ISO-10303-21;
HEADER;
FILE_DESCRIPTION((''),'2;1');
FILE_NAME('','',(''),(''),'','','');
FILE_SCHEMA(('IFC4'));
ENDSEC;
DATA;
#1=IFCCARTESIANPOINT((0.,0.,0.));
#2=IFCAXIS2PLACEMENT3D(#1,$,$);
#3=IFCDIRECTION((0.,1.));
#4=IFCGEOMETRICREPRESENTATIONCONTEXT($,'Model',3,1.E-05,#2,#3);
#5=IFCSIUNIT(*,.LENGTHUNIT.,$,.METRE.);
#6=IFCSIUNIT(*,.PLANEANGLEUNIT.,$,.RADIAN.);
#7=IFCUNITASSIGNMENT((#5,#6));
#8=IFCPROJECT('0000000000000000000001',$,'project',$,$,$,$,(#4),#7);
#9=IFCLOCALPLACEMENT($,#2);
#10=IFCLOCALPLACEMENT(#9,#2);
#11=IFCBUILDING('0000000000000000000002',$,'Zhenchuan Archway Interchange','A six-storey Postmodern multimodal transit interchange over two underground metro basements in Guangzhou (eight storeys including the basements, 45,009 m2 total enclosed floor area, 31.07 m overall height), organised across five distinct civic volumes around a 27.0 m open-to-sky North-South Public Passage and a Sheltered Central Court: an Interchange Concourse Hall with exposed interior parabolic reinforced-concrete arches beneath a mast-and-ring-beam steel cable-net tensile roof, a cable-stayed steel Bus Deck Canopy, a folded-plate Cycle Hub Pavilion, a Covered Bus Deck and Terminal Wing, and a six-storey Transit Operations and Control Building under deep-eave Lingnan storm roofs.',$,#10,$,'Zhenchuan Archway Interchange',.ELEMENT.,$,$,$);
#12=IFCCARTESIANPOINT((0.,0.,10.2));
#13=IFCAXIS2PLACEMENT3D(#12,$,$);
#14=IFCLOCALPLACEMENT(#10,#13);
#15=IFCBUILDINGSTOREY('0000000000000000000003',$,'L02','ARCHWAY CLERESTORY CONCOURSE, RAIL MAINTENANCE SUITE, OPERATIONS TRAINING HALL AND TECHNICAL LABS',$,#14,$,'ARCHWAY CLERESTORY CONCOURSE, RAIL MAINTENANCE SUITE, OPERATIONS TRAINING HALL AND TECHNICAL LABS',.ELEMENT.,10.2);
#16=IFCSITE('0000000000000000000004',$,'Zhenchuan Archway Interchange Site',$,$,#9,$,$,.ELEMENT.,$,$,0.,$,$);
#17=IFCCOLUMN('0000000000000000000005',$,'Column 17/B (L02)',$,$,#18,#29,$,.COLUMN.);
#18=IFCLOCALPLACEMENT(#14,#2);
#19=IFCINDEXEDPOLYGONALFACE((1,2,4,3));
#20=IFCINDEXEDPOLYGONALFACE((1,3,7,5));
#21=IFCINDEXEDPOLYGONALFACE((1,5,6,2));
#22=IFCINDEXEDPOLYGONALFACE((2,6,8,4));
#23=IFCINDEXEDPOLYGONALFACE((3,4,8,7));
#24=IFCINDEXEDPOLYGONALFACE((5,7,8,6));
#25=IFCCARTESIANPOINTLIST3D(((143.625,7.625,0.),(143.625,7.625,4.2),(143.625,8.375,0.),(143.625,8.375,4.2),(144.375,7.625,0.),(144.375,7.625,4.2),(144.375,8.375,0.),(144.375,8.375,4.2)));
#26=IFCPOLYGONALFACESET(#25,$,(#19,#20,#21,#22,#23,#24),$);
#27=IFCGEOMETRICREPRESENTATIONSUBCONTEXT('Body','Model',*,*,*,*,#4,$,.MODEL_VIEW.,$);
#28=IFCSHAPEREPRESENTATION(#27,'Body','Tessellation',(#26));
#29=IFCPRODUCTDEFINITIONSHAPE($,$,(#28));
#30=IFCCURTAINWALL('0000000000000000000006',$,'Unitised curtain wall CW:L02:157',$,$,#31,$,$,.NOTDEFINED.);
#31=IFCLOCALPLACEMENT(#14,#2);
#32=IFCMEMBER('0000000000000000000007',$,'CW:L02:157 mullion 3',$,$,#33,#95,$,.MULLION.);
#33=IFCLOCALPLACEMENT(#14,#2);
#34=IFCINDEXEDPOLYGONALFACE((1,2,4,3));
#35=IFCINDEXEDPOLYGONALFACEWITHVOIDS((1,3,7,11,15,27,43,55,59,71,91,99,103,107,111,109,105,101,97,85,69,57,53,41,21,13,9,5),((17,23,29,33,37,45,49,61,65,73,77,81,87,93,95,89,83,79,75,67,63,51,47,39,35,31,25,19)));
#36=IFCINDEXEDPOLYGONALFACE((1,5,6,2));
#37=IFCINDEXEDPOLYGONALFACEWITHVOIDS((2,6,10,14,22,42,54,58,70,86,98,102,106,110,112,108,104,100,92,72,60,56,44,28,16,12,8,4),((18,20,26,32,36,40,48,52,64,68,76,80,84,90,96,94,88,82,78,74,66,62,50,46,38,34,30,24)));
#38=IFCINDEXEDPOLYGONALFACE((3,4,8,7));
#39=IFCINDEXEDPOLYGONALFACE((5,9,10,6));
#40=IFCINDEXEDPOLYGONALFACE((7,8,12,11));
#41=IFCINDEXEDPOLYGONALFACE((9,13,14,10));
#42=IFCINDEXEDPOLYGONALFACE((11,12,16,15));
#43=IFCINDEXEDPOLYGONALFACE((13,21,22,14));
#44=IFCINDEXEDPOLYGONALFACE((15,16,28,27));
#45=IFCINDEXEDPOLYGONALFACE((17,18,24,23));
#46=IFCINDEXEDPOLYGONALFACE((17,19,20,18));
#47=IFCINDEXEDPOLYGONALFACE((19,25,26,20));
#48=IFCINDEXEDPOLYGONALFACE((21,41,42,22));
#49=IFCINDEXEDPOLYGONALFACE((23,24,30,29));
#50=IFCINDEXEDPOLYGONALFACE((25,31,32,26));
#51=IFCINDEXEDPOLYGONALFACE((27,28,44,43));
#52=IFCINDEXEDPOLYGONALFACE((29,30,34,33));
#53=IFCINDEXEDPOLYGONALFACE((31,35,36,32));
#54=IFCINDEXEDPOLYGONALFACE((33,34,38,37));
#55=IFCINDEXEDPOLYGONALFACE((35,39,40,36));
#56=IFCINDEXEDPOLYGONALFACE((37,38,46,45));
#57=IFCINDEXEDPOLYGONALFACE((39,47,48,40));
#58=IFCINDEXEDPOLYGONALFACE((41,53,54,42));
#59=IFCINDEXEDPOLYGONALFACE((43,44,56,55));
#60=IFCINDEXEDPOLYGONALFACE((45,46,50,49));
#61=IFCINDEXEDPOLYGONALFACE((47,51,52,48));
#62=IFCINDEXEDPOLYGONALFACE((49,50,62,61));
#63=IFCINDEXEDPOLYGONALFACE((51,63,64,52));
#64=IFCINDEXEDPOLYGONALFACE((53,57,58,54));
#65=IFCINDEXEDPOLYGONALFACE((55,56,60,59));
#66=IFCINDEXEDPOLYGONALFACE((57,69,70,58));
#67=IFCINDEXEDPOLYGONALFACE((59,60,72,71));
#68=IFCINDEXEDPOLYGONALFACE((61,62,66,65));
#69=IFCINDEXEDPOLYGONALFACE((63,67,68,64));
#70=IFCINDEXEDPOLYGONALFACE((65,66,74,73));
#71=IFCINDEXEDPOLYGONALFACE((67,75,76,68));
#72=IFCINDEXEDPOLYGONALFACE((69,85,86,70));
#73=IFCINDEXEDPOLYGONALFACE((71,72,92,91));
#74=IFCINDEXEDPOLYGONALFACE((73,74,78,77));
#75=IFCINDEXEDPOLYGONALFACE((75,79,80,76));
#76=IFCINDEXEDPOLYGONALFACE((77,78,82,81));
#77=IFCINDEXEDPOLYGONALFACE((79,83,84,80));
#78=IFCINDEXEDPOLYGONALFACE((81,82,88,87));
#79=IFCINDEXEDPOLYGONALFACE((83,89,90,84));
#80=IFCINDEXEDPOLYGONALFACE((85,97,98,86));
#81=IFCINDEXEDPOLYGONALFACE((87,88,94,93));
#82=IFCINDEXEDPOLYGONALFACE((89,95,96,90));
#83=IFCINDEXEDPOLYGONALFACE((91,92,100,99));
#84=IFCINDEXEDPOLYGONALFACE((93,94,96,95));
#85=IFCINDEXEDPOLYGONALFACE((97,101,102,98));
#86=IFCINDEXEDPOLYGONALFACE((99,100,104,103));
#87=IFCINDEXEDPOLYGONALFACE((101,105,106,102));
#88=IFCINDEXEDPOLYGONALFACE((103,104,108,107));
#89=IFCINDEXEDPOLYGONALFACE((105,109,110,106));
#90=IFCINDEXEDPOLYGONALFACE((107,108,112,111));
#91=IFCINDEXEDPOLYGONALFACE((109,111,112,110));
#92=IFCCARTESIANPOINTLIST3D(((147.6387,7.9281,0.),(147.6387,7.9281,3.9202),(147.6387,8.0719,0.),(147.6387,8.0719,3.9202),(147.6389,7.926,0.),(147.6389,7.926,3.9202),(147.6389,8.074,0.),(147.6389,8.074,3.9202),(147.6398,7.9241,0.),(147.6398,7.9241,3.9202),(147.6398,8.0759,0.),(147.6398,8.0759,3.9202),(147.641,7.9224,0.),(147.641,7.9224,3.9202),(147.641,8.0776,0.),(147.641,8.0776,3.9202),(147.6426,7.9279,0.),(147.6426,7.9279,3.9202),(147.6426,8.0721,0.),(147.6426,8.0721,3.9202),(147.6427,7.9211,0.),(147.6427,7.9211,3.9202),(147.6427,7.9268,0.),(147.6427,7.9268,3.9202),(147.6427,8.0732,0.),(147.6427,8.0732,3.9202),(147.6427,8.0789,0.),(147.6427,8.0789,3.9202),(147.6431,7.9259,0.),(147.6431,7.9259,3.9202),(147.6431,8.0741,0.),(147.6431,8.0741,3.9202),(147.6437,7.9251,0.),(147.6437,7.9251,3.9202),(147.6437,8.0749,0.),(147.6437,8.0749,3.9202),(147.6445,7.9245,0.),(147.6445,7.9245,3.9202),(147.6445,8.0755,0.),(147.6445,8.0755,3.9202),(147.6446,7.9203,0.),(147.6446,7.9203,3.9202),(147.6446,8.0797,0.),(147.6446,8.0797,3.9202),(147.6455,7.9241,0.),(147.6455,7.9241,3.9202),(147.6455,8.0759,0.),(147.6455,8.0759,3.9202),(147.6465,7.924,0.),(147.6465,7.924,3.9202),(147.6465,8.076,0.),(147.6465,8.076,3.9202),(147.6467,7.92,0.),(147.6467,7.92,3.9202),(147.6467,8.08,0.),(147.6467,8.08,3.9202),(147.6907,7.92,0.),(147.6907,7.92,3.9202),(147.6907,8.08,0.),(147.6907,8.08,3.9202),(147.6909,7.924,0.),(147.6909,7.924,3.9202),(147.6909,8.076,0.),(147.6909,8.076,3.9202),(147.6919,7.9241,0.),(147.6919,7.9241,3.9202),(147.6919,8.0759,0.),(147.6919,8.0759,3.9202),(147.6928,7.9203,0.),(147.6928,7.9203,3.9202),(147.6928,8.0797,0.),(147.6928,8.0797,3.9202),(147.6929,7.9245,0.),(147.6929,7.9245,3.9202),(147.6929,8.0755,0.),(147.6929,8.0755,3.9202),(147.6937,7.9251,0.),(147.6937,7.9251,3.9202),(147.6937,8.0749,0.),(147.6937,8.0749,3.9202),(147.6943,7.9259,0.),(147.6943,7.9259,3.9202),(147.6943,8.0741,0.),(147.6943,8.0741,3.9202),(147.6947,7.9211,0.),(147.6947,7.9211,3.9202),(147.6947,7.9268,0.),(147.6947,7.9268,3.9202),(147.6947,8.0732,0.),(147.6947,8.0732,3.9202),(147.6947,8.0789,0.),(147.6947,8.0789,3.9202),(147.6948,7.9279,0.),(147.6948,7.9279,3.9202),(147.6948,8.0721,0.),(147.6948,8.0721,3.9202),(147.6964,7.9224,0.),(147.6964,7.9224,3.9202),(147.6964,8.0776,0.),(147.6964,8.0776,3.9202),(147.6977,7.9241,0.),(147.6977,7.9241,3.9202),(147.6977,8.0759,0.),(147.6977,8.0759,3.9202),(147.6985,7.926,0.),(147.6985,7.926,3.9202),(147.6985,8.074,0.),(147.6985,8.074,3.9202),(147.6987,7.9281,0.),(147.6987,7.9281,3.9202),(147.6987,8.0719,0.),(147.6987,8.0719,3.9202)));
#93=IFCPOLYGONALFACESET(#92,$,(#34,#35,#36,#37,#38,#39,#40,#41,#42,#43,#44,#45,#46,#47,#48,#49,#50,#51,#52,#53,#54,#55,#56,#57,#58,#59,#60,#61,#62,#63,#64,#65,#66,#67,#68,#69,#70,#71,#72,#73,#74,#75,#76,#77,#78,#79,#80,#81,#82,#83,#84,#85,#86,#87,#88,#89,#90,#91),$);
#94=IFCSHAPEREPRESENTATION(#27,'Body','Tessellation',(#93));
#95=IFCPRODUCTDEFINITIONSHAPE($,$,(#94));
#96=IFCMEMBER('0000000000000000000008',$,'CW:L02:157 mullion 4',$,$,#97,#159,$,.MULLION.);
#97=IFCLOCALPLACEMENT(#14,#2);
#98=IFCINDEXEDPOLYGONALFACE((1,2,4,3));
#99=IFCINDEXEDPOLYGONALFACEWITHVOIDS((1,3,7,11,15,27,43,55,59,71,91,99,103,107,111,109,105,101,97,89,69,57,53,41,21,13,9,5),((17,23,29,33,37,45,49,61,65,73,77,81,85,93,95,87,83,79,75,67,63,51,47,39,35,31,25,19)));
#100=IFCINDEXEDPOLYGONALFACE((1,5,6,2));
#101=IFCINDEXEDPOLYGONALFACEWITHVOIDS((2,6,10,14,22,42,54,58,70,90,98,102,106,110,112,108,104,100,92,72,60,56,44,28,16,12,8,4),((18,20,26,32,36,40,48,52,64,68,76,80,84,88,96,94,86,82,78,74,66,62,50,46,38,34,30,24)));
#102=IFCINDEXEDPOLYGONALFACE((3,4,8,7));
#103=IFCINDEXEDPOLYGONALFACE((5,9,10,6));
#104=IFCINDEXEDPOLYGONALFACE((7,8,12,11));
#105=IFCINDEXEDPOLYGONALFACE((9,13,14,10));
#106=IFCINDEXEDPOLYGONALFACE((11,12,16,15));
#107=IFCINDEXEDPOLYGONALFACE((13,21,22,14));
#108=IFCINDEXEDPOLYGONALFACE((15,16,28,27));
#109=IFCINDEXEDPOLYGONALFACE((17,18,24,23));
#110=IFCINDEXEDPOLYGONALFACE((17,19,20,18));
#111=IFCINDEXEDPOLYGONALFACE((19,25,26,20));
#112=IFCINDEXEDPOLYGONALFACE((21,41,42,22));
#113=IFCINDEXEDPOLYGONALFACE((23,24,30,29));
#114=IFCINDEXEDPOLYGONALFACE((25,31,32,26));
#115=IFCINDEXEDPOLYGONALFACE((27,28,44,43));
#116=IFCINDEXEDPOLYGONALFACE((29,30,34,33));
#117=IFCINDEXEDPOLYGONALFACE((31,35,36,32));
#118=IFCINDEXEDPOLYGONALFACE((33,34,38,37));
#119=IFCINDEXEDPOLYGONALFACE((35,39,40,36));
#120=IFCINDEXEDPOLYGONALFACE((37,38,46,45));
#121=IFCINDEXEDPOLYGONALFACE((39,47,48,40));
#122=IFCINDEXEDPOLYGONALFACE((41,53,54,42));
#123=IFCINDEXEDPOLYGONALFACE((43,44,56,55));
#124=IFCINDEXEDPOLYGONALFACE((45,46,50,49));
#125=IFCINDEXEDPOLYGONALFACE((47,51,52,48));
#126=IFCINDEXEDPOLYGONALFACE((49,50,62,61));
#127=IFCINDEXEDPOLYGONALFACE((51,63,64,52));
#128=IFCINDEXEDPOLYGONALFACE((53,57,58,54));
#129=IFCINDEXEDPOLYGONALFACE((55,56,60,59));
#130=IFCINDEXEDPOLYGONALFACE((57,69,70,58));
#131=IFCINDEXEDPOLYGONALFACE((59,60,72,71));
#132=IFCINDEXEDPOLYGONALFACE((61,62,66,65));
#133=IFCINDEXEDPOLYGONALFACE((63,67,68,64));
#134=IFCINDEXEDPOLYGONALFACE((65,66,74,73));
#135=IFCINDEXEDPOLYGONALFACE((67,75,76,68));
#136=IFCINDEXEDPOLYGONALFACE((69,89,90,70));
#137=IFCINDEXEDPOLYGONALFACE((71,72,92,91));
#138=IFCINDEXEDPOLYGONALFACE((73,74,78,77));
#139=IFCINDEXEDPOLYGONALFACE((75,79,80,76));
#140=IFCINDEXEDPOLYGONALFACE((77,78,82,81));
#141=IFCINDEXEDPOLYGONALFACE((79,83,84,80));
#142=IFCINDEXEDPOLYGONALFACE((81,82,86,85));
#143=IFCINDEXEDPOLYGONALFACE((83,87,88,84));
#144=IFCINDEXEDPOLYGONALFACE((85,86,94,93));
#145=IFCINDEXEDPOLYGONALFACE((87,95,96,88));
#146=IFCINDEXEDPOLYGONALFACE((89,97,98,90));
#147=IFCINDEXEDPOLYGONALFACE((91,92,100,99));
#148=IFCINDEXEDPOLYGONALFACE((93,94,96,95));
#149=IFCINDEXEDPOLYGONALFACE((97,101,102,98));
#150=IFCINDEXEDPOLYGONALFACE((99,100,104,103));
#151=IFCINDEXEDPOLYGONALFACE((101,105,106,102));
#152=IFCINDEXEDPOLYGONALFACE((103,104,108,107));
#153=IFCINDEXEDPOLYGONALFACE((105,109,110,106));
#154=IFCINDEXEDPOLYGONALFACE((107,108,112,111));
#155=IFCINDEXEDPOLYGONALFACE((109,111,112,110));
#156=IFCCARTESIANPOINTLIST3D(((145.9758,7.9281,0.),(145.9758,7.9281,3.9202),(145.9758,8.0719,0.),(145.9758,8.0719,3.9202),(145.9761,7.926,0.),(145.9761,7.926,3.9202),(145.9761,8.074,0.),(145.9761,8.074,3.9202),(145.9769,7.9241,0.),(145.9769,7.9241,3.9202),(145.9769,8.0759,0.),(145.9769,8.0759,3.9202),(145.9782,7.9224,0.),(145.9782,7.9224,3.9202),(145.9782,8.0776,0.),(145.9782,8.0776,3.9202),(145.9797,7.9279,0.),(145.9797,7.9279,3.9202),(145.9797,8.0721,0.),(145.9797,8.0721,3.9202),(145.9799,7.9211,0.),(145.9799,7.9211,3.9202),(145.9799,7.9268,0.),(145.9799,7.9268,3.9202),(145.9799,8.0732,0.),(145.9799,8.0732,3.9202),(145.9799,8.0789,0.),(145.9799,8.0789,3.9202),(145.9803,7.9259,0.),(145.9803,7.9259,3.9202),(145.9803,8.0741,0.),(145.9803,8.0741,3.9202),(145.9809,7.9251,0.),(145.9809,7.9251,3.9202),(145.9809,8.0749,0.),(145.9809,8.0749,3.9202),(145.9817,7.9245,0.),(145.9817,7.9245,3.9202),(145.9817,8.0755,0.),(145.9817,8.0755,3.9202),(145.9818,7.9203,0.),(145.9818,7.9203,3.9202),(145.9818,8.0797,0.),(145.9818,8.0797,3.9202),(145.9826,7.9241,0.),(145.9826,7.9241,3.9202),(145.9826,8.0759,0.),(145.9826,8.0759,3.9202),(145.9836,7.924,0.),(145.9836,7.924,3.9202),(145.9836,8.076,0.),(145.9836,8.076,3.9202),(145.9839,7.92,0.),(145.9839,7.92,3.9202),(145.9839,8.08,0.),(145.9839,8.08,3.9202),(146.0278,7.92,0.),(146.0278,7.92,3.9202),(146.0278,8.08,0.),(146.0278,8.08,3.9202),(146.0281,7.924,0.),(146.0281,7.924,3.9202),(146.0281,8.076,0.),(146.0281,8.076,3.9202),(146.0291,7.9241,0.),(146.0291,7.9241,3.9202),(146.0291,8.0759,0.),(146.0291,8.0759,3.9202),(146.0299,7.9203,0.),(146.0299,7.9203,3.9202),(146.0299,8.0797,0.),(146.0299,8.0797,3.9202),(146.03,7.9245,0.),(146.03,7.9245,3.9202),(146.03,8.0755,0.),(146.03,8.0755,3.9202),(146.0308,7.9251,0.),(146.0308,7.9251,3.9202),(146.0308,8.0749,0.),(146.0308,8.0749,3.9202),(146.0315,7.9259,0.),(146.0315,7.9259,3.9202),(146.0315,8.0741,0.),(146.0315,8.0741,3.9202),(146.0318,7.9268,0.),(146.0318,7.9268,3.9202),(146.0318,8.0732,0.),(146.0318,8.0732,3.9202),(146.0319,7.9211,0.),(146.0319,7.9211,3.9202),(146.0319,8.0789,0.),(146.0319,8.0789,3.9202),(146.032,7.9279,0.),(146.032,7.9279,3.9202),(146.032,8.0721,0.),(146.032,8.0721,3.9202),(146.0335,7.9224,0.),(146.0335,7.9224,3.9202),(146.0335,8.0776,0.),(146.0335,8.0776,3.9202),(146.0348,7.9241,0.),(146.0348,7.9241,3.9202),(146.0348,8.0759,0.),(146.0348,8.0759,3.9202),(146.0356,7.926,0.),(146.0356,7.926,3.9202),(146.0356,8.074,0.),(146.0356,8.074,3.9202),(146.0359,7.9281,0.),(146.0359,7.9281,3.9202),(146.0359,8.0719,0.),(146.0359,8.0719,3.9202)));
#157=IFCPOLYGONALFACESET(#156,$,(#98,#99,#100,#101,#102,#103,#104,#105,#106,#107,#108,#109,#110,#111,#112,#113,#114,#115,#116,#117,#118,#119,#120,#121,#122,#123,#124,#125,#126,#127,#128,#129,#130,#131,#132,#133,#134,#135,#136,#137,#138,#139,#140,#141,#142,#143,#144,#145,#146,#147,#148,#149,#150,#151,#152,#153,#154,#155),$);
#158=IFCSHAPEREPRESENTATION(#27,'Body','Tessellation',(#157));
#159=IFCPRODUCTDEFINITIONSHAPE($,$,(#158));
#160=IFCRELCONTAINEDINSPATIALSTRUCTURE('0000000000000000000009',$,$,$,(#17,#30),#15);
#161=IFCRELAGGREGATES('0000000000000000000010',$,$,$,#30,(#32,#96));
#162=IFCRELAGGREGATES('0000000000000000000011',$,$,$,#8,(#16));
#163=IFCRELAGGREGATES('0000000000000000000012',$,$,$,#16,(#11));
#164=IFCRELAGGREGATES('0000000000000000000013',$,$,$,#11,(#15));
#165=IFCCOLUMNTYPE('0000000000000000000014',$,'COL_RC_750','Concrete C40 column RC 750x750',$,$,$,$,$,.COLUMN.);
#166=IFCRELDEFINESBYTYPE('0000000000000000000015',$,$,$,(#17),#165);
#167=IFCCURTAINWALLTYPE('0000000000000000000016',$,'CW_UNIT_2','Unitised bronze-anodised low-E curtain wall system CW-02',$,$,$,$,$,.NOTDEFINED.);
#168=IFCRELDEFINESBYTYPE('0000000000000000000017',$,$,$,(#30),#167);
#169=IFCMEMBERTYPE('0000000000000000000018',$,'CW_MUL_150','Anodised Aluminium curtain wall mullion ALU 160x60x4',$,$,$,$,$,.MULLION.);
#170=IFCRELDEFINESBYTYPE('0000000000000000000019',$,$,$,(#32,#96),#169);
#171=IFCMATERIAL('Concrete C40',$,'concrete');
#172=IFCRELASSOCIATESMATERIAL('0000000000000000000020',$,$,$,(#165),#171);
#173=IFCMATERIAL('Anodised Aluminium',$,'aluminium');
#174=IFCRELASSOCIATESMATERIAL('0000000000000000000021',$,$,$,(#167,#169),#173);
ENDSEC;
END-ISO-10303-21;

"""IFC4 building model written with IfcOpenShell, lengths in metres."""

from ifc_helpers import new_model, si_unit, direction, frame, origin, origin_2d, place, context, subcontext, project, spatial, rectangle, hollow_rectangle, extrude, material, material_profile, profile_set, type_object, element, aggregate, save


model = new_model("IFC4")

# Units and contexts
model_context = context("Model", 3, precision=1e-05, world=origin(), true_north=direction((0.0, 1.0)))
body_context = subcontext(model_context, "Body", "Model", "MODEL_VIEW")
ifc_project = project(units=[si_unit("LENGTHUNIT", "METRE"), si_unit("PLANEANGLEUNIT", "RADIAN")], contexts=[model_context])

# Site, building, storey
site_placement = place(None, origin())
site = spatial("IfcSite", under=ifc_project, at=site_placement, Name="Zhenchuan Archway Interchange Site", CompositionType="ELEMENT", RefElevation=0.0)
building_placement = place(site_placement, origin())
building = spatial("IfcBuilding", under=site, at=building_placement, Name="Zhenchuan Archway Interchange", Description="A six-storey Postmodern multimodal transit interchange over two underground metro basements in Guangzhou (eight storeys including the basements, 45,009 m2 total enclosed floor area, 31.07 m overall height), organised across five distinct civic volumes around a 27.0 m open-to-sky North-South Public Passage and a Sheltered Central Court: an Interchange Concourse Hall with exposed interior parabolic reinforced-concrete arches beneath a mast-and-ring-beam steel cable-net tensile roof, a cable-stayed steel Bus Deck Canopy, a folded-plate Cycle Hub Pavilion, a Covered Bus Deck and Terminal Wing, and a six-storey Transit Operations and Control Building under deep-eave Lingnan storm roofs.", LongName="Zhenchuan Archway Interchange", CompositionType="ELEMENT")
storey_placement = place(building_placement, frame((0.0, 0.0, 10.2)))
storey = spatial("IfcBuildingStorey", under=building, at=storey_placement, Name="L02", Description="ARCHWAY CLERESTORY CONCOURSE, RAIL MAINTENANCE SUITE, OPERATIONS TRAINING HALL AND TECHNICAL LABS", LongName="ARCHWAY CLERESTORY CONCOURSE, RAIL MAINTENANCE SUITE, OPERATIONS TRAINING HALL AND TECHNICAL LABS", CompositionType="ELEMENT", Elevation=10.2)

# Column
ifc_material_1 = material(Name="Concrete C40", Category="concrete")
ifc_material_profile_1 = material_profile(ifc_material_1, rectangle(XDim=0.75, YDim=0.75, at=origin_2d()), Name="RC 750x750")
ifc_profile_set_1 = profile_set([ifc_material_profile_1], Name="Concrete C40")
column_type = type_object("IfcColumnType", Name="COL_RC_750", Description="Concrete C40 column RC 750x750", PredefinedType="COLUMN", material=ifc_profile_set_1)
column_placement = place(storey_placement, frame((144.0, 8.0, 0.0), z_axis=(0.0, 0.0, 1.0), x_axis=(1.0, 0.0, 0.0)))
element("IfcColumn", 1, at=column_placement, inside=storey, type_object=column_type, Name="Column 17/B (L02)", PredefinedType="COLUMN", context=body_context, shape_type="SweptSolid", body=[
    extrude(rectangle(XDim=0.75, YDim=0.75, at=origin_2d()), origin(), (0.0, 0.0, 1.0), 4.2),
])

# Curtain wall, members
ifc_material_2 = material(Name="Anodised Aluminium", Category="aluminium")
curtain_wall_type = type_object("IfcCurtainWallType", Name="CW_UNIT_2", Description="Unitised bronze-anodised low-E curtain wall system CW-02", PredefinedType="NOTDEFINED", material=ifc_material_2)
curtain_wall_placement = place(storey_placement, origin())
curtain_wall = element("IfcCurtainWall", 2, at=curtain_wall_placement, inside=storey, type_object=curtain_wall_type, Name="Unitised curtain wall CW:L02:157", PredefinedType="NOTDEFINED")
ifc_material_profile_2 = material_profile(ifc_material_2, hollow_rectangle(XDim=0.0601, YDim=0.1599, WallThickness=0.0039, InnerFilletRadius=0.0039, OuterFilletRadius=0.0081, at=origin_2d()), Name="ALU 160x60x4")
ifc_profile_set_2 = profile_set([ifc_material_profile_2], Name="Anodised Aluminium")
member_type_1 = type_object("IfcMemberType", Name="CW_MUL_150", Description="Anodised Aluminium curtain wall mullion ALU 160x60x4", PredefinedType="MULLION", material=ifc_profile_set_2)
member_1_placement = place(storey_placement, frame((147.6687, 8.0, 0.0), z_axis=(0.0, 0.0, 1.0), x_axis=(1.0, 0.0, 0.0)))
member_1 = element("IfcMember", 3, at=member_1_placement, type_object=member_type_1, Name="CW:L02:157 mullion 3", PredefinedType="MULLION", context=body_context, shape_type="SweptSolid", body=[
    extrude(hollow_rectangle(XDim=0.0601, YDim=0.1599, WallThickness=0.0039, InnerFilletRadius=0.0039, OuterFilletRadius=0.0081, at=origin_2d()), origin(), (0.0, 0.0, 1.0), 3.9202),
])
member_2_placement = place(storey_placement, frame((146.0059, 8.0, 0.0), z_axis=(0.0, 0.0, 1.0), x_axis=(1.0, 0.0, 0.0)))
member_2 = element("IfcMember", 4, at=member_2_placement, type_object=member_type_1, Name="CW:L02:157 mullion 4", PredefinedType="MULLION", context=body_context, shape_type="SweptSolid", body=[
    extrude(hollow_rectangle(XDim=0.0601, YDim=0.1599, WallThickness=0.0039, InnerFilletRadius=0.0039, OuterFilletRadius=0.0081, at=origin_2d()), origin(), (0.0, 0.0, 1.0), 3.9202),
])

aggregate(curtain_wall, [member_1, member_2])

save(model, "model.ifc")
